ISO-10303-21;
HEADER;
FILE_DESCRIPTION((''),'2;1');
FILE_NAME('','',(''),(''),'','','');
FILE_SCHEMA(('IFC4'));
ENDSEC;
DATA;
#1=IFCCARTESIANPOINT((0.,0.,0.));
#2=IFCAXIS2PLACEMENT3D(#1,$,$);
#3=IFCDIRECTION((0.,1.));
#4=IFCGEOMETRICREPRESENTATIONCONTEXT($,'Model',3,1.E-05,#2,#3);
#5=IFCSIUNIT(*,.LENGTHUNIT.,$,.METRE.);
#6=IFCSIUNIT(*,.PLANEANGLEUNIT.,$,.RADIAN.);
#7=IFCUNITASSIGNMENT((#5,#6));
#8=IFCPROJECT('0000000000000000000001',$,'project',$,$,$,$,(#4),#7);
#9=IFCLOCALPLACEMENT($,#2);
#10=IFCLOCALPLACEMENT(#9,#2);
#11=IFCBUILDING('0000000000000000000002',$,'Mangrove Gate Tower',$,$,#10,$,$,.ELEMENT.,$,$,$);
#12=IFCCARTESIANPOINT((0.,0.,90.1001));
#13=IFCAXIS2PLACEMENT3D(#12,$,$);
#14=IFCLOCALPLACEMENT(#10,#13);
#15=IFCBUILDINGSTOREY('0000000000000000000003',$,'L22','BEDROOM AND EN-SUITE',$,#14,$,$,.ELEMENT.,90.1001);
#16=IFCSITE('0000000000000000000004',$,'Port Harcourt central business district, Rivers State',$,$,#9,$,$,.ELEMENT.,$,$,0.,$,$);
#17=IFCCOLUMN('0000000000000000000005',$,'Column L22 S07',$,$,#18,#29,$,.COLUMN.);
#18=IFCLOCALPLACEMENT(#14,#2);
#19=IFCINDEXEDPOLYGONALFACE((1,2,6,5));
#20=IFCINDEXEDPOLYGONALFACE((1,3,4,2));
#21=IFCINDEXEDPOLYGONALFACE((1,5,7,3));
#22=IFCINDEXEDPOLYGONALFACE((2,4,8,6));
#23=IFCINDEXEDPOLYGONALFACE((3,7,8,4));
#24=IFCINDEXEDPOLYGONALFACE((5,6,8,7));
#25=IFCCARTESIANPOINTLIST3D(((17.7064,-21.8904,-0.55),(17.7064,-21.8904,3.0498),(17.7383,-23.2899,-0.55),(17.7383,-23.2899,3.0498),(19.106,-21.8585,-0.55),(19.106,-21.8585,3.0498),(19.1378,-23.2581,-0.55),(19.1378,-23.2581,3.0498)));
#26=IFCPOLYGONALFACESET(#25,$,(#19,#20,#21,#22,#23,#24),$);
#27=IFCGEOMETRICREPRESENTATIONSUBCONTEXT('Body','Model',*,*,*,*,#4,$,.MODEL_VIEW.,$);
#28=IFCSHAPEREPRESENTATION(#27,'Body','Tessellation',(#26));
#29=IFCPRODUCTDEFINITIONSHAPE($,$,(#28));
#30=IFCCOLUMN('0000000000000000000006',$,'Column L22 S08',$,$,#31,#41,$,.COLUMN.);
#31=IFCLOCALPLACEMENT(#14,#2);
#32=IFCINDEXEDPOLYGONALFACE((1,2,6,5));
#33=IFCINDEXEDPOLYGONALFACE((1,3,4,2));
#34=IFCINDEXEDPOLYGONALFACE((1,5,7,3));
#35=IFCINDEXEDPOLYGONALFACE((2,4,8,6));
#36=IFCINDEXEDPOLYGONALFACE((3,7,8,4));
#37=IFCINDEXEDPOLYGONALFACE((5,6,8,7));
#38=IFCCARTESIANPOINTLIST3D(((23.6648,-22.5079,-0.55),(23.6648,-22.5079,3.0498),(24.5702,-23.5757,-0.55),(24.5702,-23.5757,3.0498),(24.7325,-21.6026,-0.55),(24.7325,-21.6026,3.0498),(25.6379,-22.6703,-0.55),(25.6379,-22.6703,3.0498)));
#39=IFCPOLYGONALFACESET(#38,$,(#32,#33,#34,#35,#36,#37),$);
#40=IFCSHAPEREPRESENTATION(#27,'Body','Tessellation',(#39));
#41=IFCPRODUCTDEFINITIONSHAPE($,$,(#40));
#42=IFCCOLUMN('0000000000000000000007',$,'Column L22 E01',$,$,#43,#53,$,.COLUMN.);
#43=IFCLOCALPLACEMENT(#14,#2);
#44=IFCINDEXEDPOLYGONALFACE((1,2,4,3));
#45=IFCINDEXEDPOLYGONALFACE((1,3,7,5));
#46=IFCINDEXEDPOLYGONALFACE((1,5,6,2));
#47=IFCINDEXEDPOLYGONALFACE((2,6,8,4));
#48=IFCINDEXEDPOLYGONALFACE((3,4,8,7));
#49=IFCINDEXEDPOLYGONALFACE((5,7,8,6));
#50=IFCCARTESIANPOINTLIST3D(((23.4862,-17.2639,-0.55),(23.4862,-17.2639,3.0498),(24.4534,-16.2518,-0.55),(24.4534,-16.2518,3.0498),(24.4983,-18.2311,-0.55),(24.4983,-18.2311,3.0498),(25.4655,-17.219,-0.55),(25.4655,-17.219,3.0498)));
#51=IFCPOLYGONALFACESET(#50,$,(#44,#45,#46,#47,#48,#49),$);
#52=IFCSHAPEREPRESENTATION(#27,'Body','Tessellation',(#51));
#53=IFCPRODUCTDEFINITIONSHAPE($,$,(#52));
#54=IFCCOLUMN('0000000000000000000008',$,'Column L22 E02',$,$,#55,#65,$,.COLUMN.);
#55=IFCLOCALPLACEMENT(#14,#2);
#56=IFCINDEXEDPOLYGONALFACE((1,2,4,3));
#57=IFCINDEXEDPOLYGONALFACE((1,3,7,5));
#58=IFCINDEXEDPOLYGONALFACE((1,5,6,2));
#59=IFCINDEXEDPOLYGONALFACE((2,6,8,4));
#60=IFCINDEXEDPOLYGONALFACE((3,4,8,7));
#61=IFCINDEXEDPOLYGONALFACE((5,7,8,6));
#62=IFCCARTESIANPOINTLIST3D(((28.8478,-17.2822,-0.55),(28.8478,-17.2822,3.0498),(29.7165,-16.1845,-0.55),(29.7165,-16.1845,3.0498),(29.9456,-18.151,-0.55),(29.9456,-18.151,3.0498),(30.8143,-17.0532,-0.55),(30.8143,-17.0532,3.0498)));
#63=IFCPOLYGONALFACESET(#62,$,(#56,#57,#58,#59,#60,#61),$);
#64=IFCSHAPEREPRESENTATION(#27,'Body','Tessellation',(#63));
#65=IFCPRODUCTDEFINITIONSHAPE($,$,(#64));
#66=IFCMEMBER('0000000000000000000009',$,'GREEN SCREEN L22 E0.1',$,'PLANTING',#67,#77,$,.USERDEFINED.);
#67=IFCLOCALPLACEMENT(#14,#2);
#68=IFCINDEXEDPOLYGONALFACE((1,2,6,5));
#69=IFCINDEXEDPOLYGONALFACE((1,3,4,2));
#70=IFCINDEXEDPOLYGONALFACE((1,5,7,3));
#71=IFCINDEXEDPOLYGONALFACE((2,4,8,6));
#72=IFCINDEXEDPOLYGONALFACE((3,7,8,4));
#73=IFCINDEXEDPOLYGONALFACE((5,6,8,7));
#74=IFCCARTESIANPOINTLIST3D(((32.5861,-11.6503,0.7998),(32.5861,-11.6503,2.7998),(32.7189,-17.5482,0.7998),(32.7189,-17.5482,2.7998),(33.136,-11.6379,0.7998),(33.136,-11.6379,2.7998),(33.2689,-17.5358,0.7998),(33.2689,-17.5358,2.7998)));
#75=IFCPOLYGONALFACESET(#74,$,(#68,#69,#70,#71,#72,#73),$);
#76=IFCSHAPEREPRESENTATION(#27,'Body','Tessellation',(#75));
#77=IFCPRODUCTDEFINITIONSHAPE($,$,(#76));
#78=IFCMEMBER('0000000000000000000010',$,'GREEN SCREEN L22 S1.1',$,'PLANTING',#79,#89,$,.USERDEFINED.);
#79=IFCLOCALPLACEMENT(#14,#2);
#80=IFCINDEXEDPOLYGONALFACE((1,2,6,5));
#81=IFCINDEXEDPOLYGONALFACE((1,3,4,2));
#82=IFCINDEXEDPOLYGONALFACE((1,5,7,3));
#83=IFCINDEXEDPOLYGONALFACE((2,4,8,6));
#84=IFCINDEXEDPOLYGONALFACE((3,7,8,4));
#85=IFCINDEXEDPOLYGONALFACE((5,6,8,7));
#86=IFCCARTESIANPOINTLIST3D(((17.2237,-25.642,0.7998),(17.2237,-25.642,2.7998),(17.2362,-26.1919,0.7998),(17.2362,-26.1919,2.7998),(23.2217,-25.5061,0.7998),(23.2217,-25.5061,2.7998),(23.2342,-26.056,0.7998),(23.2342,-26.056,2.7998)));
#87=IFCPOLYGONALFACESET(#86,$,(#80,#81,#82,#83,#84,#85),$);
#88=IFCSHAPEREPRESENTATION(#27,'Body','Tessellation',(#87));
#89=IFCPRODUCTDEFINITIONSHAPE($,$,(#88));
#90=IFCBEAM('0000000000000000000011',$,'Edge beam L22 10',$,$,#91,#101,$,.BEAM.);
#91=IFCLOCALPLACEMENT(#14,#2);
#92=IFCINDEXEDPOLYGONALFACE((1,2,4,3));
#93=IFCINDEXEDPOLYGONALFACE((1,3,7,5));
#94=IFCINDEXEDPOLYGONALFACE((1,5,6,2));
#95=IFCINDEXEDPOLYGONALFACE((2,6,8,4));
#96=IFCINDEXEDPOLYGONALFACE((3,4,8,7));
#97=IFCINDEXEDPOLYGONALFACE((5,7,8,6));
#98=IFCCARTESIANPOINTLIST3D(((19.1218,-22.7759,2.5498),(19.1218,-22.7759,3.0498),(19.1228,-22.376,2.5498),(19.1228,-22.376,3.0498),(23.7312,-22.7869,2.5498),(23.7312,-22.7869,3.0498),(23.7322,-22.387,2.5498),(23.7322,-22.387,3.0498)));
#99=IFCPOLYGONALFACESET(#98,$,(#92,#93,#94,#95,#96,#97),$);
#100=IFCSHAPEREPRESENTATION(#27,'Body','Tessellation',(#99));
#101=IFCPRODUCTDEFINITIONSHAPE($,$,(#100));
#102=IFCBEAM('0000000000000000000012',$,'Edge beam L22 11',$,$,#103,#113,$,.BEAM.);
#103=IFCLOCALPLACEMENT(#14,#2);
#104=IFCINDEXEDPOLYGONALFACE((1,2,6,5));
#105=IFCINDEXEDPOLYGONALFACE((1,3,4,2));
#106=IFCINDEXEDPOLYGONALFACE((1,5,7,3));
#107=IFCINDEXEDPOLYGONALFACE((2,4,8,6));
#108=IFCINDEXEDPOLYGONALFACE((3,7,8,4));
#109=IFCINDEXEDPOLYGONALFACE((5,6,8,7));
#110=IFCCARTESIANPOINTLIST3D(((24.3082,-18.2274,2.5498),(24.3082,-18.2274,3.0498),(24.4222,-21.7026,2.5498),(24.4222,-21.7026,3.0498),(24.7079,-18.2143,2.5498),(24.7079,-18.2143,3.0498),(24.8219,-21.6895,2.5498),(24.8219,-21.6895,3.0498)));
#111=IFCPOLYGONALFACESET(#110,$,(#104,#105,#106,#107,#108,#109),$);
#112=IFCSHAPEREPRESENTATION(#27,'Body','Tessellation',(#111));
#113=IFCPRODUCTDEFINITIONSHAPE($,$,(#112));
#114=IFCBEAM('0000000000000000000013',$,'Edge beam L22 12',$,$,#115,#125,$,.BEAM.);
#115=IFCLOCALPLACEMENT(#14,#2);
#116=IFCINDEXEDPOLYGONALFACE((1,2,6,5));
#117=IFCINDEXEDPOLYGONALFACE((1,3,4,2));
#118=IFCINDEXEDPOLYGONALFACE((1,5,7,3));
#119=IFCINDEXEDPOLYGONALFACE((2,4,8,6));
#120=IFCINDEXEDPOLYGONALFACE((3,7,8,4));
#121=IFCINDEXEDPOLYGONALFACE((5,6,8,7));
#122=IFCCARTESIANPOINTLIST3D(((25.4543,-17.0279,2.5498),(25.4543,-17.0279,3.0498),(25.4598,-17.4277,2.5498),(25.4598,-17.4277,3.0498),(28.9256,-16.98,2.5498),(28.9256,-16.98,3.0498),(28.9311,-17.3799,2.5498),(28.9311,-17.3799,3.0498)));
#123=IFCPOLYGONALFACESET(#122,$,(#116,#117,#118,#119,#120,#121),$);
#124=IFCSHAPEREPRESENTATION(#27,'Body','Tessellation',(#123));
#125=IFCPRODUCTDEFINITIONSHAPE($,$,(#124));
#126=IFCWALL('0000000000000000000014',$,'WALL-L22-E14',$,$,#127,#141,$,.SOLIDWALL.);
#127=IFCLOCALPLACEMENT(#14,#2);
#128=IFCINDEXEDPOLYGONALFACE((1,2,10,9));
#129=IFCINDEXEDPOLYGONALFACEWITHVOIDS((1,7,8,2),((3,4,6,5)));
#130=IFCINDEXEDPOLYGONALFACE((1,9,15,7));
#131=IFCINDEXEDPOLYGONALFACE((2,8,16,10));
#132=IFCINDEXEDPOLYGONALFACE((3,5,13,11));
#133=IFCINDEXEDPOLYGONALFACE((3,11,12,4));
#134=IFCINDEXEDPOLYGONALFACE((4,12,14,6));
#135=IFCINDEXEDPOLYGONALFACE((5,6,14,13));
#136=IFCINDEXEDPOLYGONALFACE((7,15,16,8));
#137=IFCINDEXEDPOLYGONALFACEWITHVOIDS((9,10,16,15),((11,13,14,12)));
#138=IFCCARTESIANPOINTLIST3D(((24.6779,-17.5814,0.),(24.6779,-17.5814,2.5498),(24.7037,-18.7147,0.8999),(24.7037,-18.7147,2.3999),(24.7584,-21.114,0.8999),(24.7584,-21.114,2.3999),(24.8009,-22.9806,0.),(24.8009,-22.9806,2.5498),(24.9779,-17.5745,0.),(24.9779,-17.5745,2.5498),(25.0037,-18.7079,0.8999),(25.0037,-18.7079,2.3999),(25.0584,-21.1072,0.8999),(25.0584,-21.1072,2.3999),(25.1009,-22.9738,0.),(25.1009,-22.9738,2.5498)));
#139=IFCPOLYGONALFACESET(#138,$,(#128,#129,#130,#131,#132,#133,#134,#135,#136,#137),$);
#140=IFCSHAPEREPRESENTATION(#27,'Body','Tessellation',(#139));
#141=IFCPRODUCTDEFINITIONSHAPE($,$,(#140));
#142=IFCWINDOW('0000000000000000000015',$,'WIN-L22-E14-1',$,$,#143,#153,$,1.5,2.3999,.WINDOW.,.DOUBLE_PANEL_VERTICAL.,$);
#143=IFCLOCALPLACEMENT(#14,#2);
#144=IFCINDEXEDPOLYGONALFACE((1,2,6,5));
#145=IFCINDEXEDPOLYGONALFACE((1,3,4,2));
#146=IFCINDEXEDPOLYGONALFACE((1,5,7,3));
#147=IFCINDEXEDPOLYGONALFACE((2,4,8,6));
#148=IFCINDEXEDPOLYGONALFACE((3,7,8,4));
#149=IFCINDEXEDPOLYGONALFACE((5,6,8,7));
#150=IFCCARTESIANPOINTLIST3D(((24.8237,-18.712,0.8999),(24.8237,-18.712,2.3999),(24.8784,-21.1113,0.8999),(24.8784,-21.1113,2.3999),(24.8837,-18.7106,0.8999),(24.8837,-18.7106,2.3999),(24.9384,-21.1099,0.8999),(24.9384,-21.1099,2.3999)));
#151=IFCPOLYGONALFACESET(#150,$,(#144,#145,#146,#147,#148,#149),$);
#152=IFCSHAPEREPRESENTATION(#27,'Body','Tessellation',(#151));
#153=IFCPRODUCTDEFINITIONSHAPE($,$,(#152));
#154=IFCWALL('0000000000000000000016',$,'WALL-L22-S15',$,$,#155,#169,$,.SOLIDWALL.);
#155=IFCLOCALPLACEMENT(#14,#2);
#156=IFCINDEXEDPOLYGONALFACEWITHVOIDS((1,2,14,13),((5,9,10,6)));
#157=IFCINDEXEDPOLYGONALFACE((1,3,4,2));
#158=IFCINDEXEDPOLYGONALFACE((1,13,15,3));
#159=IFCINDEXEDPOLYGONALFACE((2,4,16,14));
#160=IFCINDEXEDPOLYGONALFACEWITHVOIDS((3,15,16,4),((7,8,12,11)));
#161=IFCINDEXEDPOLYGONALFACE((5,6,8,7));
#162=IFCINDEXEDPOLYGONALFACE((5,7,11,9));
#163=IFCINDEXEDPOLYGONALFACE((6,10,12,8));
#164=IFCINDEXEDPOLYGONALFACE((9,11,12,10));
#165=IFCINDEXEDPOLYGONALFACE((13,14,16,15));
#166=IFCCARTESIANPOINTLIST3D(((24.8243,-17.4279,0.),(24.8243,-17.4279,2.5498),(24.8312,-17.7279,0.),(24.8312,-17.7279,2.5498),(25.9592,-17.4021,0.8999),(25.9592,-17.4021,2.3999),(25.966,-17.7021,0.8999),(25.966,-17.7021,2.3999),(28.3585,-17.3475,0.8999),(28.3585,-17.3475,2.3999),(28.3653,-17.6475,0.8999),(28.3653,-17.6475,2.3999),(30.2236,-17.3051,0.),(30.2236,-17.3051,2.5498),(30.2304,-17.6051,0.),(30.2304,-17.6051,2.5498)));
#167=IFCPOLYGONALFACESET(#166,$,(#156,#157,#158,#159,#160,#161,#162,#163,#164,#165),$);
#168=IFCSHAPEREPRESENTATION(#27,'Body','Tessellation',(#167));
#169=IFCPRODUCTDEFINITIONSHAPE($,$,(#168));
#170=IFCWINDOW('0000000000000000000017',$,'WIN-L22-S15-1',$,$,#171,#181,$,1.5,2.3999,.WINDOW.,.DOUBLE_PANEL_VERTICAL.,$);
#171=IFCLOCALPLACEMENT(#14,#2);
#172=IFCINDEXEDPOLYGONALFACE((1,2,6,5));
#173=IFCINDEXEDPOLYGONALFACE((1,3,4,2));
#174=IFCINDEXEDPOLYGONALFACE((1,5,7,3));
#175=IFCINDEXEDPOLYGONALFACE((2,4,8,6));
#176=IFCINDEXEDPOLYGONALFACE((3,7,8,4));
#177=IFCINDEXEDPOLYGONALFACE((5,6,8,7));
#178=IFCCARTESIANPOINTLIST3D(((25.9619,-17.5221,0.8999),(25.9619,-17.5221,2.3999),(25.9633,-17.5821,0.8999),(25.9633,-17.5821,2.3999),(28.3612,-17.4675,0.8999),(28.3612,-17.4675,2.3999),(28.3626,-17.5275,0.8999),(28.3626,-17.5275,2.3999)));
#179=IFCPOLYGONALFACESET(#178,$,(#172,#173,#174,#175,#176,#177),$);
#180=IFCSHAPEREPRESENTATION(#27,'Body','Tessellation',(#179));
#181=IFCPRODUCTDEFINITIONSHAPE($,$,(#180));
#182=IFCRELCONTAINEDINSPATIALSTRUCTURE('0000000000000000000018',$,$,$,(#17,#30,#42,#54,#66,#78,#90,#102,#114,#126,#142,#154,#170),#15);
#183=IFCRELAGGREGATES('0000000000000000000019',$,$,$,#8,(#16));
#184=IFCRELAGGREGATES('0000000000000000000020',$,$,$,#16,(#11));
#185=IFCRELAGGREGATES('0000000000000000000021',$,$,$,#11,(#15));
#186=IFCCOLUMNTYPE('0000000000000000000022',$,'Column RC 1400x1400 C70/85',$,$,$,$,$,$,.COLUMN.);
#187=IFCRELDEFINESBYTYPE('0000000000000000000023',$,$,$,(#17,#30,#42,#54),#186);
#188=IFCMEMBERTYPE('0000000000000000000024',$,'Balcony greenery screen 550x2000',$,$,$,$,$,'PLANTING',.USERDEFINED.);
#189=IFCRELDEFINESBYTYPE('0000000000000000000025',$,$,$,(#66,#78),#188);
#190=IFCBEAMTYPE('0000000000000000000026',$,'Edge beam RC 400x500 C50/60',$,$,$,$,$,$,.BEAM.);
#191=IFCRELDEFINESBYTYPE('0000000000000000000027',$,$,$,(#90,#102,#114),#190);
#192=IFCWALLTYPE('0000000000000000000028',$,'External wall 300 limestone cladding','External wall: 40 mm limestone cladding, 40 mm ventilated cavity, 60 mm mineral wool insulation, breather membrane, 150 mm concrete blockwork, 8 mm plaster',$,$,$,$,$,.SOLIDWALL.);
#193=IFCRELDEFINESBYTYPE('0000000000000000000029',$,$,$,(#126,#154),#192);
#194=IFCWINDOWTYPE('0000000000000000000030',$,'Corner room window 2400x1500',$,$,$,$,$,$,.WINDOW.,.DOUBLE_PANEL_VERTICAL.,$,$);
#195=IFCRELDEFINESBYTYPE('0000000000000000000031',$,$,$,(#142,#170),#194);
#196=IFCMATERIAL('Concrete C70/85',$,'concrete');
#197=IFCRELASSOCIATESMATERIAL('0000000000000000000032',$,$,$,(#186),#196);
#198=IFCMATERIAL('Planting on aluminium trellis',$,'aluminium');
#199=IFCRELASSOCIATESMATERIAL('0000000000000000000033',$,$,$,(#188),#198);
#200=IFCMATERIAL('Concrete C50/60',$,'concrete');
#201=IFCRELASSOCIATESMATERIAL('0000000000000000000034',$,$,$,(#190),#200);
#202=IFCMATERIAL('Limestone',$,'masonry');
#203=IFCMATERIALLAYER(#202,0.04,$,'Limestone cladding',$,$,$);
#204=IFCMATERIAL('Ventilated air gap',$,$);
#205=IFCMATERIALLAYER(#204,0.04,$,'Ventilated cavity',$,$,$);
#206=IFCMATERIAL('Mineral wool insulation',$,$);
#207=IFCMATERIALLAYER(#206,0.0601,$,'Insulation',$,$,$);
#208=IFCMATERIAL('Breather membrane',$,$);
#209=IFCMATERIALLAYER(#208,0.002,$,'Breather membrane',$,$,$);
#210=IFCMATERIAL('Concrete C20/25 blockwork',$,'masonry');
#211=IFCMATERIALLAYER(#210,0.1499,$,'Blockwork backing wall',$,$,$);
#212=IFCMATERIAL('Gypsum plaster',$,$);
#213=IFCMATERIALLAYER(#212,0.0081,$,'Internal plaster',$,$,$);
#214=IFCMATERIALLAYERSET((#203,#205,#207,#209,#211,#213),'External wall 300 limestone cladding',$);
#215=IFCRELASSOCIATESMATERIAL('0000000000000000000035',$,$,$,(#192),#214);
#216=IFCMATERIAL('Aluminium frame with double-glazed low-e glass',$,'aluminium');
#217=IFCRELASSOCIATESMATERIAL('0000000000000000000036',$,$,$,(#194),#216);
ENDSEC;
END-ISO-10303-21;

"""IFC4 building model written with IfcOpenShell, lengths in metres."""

from ifc_helpers import new_model, si_unit, direction, frame, frame_2d, origin, origin_2d, place, context, subcontext, project, spatial, rectangle, extrude, material, layer, layer_set, material_profile, profile_set, type_object, element, fill, save


model = new_model("IFC4")

# Units and contexts
model_context = context("Model", 3, precision=1e-05, world=origin(), true_north=direction((0.0, 1.0)))
body_context = subcontext(model_context, "Body", "Model", "MODEL_VIEW")
ifc_project = project(units=[si_unit("LENGTHUNIT", "METRE"), si_unit("PLANEANGLEUNIT", "RADIAN")], contexts=[model_context])

# Site, building, storey
site_placement = place(None, origin())
site = spatial("IfcSite", under=ifc_project, at=site_placement, Name="Port Harcourt central business district, Rivers State", CompositionType="ELEMENT", RefElevation=0.0)
building_placement = place(site_placement, origin())
building = spatial("IfcBuilding", under=site, at=building_placement, Name="Mangrove Gate Tower", CompositionType="ELEMENT")
storey_placement = place(building_placement, frame((0.0, 0.0, 90.1001)))
storey = spatial("IfcBuildingStorey", under=building, at=storey_placement, Name="L22", Description="BEDROOM AND EN-SUITE", CompositionType="ELEMENT", Elevation=90.1001)

# Columns
ifc_material_1 = material(Name="Concrete C70/85", Category="concrete")
ifc_material_profile_1 = material_profile(ifc_material_1, rectangle(XDim=1.3999, YDim=1.3999, at=origin_2d()))
ifc_profile_set_1 = profile_set([ifc_material_profile_1], Name="Concrete C70/85")
column_type = type_object("IfcColumnType", Name="Column RC 1400x1400 C70/85", PredefinedType="COLUMN", material=ifc_profile_set_1)
for number, where, z_axis, x_axis, name in (
    (1, (18.4221, -22.5742, -0.55), (0.0, 0.0, 1.0), (0.999742, 0.022723, 0.0), "Column L22 S07"),
    (2, (24.6514, -22.5891, -0.55), (0.0, 0.0, 1.0), (0.762709, 0.646741, 0.0), "Column L22 S08"),
    (3, (24.4758, -17.2415, -0.55), (0.0, 0.0, 1.0), (0.690884, 0.722966, 0.0), "Column L22 E01"),
    (4, (29.8311, -17.1677, -0.55), (0.0, 0.0, 1.0), (0.620564, 0.784156, 0.0), "Column L22 E02"),
):
    element("IfcColumn", number, at=place(storey_placement, frame(where, z_axis=z_axis, x_axis=x_axis)), inside=storey, type_object=column_type, Name=name, PredefinedType="COLUMN", context=body_context, shape_type="SweptSolid", body=[
        extrude(rectangle(XDim=1.3999, YDim=1.3999, at=origin_2d()), origin(), (0.0, 0.0, 1.0), 3.5999),
    ])

# Members
ifc_material_2 = material(Name="Planting on aluminium trellis", Category="aluminium")
ifc_material_profile_2 = material_profile(ifc_material_2, rectangle(XDim=0.55, YDim=2.0, at=origin_2d()))
ifc_profile_set_2 = profile_set([ifc_material_profile_2], Name="Planting on aluminium trellis")
member_type = type_object("IfcMemberType", Name="Balcony greenery screen 550x2000", ElementType="PLANTING", PredefinedType="USERDEFINED", material=ifc_profile_set_2)
member_1_placement = place(storey_placement, frame((32.9939, -17.542, 1.7998), z_axis=(-0.022513, 0.999747, 0.0), x_axis=(-0.999747, -0.022513, 0.0)))
element("IfcMember", 5, at=member_1_placement, inside=storey, type_object=member_type, Name="GREEN SCREEN L22 E0.1", ObjectType="PLANTING", PredefinedType="USERDEFINED", context=body_context, shape_type="SweptSolid", body=[
    extrude(rectangle(XDim=0.55, YDim=2.0, at=origin_2d()), origin(), (0.0, 0.0, 1.0), 5.8994),
])
member_2_placement = place(storey_placement, frame((17.23, -25.917, 1.7998), z_axis=(0.999743, 0.022666, 0.0), x_axis=(-0.022666, 0.999743, 0.0)))
element("IfcMember", 6, at=member_2_placement, inside=storey, type_object=member_type, Name="GREEN SCREEN L22 S1.1", ObjectType="PLANTING", PredefinedType="USERDEFINED", context=body_context, shape_type="SweptSolid", body=[
    extrude(rectangle(XDim=0.55, YDim=2.0, at=origin_2d()), origin(), (0.0, 0.0, 1.0), 5.9995),
])

# Beams
ifc_material_3 = material(Name="Concrete C50/60", Category="concrete")
ifc_material_profile_3 = material_profile(ifc_material_3, rectangle(XDim=0.3999, YDim=0.5, at=origin_2d()))
ifc_profile_set_3 = profile_set([ifc_material_profile_3], Name="Concrete C50/60")
beam_type = type_object("IfcBeamType", Name="Edge beam RC 400x500 C50/60", PredefinedType="BEAM", material=ifc_profile_set_3)
beam_1_placement = place(storey_placement, frame((19.1223, -22.5759, 2.7998), z_axis=(0.999997, -0.002383, 0.0), x_axis=(0.002383, 0.999997, 0.0)))
element("IfcBeam", 7, at=beam_1_placement, inside=storey, type_object=beam_type, Name="Edge beam L22 10", PredefinedType="BEAM", context=body_context, shape_type="SweptSolid", body=[
    extrude(rectangle(XDim=0.3999, YDim=0.5, at=origin_2d()), origin(), (0.0, 0.0, 1.0), 4.6094),
])
beam_2_placement = place(storey_placement, frame((24.6221, -21.696, 2.7998), z_axis=(-0.032791, 0.999462, 0.0), x_axis=(-0.999462, -0.032791, 0.0)))
element("IfcBeam", 8, at=beam_2_placement, inside=storey, type_object=beam_type, Name="Edge beam L22 11", PredefinedType="BEAM", context=body_context, shape_type="SweptSolid", body=[
    extrude(rectangle(XDim=0.3999, YDim=0.5, at=origin_2d()), origin(), (0.0, 0.0, 1.0), 3.4771),
])
beam_3_placement = place(storey_placement, frame((25.457, -17.2278, 2.7998), z_axis=(0.999905, 0.013783, 0.0), x_axis=(-0.013783, 0.999905, 0.0)))
element("IfcBeam", 9, at=beam_3_placement, inside=storey, type_object=beam_type, Name="Edge beam L22 12", PredefinedType="BEAM", context=body_context, shape_type="SweptSolid", body=[
    extrude(rectangle(XDim=0.3999, YDim=0.5, at=origin_2d()), origin(), (0.0, 0.0, 1.0), 3.4717),
])

# Shared definitions
ifc_material_4 = material(Name="Limestone", Category="masonry")
ifc_layer_1 = layer(ifc_material_4, 0.04, Name="Limestone cladding")
ifc_material_5 = material(Name="Ventilated air gap")
ifc_layer_2 = layer(ifc_material_5, 0.04, Name="Ventilated cavity")
ifc_material_6 = material(Name="Mineral wool insulation")
ifc_layer_3 = layer(ifc_material_6, 0.0601, Name="Insulation")
ifc_material_7 = material(Name="Breather membrane")
ifc_layer_4 = layer(ifc_material_7, 0.002, Name="Breather membrane")
ifc_material_8 = material(Name="Concrete C20/25 blockwork", Category="masonry")
ifc_layer_5 = layer(ifc_material_8, 0.1499, Name="Blockwork backing wall")
ifc_material_9 = material(Name="Gypsum plaster")
ifc_layer_6 = layer(ifc_material_9, 0.0081, Name="Internal plaster")
ifc_layer_set_1 = layer_set([ifc_layer_1, ifc_layer_2, ifc_layer_3, ifc_layer_4, ifc_layer_5, ifc_layer_6], Name="External wall 300 limestone cladding")
wall_type_1 = type_object("IfcWallType", Name="External wall 300 limestone cladding", Description="External wall: 40 mm limestone cladding, 40 mm ventilated cavity, 60 mm mineral wool insulation, breather membrane, 150 mm concrete blockwork, 8 mm plaster", PredefinedType="SOLIDWALL", material=ifc_layer_set_1)

# Walls, openings, windows
wall_1_placement = place(storey_placement, frame((24.9509, -22.9771, 0.0), z_axis=(0.0, 0.0, 1.0), x_axis=(-0.022784, 0.99974, 0.0)))
wall_1 = element("IfcWall", 10, at=wall_1_placement, inside=storey, type_object=wall_type_1, Name="WALL-L22-E14", PredefinedType="SOLIDWALL", context=body_context, shape_type="SweptSolid", body=[
    extrude(rectangle(XDim=5.4006, YDim=0.3, at=frame_2d((2.7002, 0.0))), origin(), (0.0, 0.0, 1.0), 2.5498),
])
opening_1_placement = place(wall_1_placement, frame((1.8669, 0.0, 0.8999)))
opening_1 = element("IfcOpeningElement", 11, at=opening_1_placement, cuts=wall_1, PredefinedType="OPENING", context=body_context, shape_type="SweptSolid", body=[
    extrude(rectangle(XDim=2.3999, YDim=1.5, at=frame_2d((1.2, 0.75))), frame((0.0, 0.1599, 0.0), z_axis=(0.0, -1.0, 0.0), x_axis=(1.0, 0.0, 0.0)), (0.0, 0.0, 1.0), 0.3201),
])
ifc_material_10 = material(Name="Aluminium frame with double-glazed low-e glass", Category="aluminium")
window_type_1 = type_object("IfcWindowType", Name="Corner room window 2400x1500", PartitioningType="DOUBLE_PANEL_VERTICAL", PredefinedType="WINDOW", material=ifc_material_10)
window_1_placement = place(opening_1_placement, origin())
window_1 = element("IfcWindow", 12, at=window_1_placement, inside=storey, type_object=window_type_1, Name="WIN-L22-E14-1", OverallHeight=1.5, OverallWidth=2.3999, PartitioningType="DOUBLE_PANEL_VERTICAL", PredefinedType="WINDOW", context=body_context, shape_type="SweptSolid", body=[
    extrude(rectangle(XDim=2.3999, YDim=1.5, at=frame_2d((1.2, 0.75))), frame((0.0, 0.03, 0.0), z_axis=(0.0, -1.0, 0.0), x_axis=(1.0, 0.0, 0.0)), (0.0, 0.0, 1.0), 0.0601),
])
fill(opening_1, window_1)
wall_2_placement = place(storey_placement, frame((24.8279, -17.5779, 0.0), z_axis=(0.0, 0.0, 1.0), x_axis=(0.999741, 0.022739, 0.0)))
wall_2 = element("IfcWall", 13, at=wall_2_placement, inside=storey, type_object=wall_type_1, Name="WALL-L22-S15", PredefinedType="SOLIDWALL", context=body_context, shape_type="SweptSolid", body=[
    extrude(rectangle(XDim=5.4006, YDim=0.3, at=frame_2d((2.7002, 0.0))), origin(), (0.0, 0.0, 1.0), 2.5498),
])
opening_2_placement = place(wall_2_placement, frame((1.135, 0.0, 0.8999)))
opening_2 = element("IfcOpeningElement", 14, at=opening_2_placement, cuts=wall_2, PredefinedType="OPENING", context=body_context, shape_type="SweptSolid", body=[
    extrude(rectangle(XDim=2.3999, YDim=1.5, at=frame_2d((1.2, 0.75))), frame((0.0, 0.1599, 0.0), z_axis=(0.0, -1.0, 0.0), x_axis=(1.0, 0.0, 0.0)), (0.0, 0.0, 1.0), 0.3201),
])
window_2_placement = place(opening_2_placement, origin())
window_2 = element("IfcWindow", 15, at=window_2_placement, inside=storey, type_object=window_type_1, Name="WIN-L22-S15-1", OverallHeight=1.5, OverallWidth=2.3999, PartitioningType="DOUBLE_PANEL_VERTICAL", PredefinedType="WINDOW", context=body_context, shape_type="SweptSolid", body=[
    extrude(rectangle(XDim=2.3999, YDim=1.5, at=frame_2d((1.2, 0.75))), frame((0.0, 0.03, 0.0), z_axis=(0.0, -1.0, 0.0), x_axis=(1.0, 0.0, 0.0)), (0.0, 0.0, 1.0), 0.0601),
])
fill(opening_2, window_2)

save(model, "model.ifc")
